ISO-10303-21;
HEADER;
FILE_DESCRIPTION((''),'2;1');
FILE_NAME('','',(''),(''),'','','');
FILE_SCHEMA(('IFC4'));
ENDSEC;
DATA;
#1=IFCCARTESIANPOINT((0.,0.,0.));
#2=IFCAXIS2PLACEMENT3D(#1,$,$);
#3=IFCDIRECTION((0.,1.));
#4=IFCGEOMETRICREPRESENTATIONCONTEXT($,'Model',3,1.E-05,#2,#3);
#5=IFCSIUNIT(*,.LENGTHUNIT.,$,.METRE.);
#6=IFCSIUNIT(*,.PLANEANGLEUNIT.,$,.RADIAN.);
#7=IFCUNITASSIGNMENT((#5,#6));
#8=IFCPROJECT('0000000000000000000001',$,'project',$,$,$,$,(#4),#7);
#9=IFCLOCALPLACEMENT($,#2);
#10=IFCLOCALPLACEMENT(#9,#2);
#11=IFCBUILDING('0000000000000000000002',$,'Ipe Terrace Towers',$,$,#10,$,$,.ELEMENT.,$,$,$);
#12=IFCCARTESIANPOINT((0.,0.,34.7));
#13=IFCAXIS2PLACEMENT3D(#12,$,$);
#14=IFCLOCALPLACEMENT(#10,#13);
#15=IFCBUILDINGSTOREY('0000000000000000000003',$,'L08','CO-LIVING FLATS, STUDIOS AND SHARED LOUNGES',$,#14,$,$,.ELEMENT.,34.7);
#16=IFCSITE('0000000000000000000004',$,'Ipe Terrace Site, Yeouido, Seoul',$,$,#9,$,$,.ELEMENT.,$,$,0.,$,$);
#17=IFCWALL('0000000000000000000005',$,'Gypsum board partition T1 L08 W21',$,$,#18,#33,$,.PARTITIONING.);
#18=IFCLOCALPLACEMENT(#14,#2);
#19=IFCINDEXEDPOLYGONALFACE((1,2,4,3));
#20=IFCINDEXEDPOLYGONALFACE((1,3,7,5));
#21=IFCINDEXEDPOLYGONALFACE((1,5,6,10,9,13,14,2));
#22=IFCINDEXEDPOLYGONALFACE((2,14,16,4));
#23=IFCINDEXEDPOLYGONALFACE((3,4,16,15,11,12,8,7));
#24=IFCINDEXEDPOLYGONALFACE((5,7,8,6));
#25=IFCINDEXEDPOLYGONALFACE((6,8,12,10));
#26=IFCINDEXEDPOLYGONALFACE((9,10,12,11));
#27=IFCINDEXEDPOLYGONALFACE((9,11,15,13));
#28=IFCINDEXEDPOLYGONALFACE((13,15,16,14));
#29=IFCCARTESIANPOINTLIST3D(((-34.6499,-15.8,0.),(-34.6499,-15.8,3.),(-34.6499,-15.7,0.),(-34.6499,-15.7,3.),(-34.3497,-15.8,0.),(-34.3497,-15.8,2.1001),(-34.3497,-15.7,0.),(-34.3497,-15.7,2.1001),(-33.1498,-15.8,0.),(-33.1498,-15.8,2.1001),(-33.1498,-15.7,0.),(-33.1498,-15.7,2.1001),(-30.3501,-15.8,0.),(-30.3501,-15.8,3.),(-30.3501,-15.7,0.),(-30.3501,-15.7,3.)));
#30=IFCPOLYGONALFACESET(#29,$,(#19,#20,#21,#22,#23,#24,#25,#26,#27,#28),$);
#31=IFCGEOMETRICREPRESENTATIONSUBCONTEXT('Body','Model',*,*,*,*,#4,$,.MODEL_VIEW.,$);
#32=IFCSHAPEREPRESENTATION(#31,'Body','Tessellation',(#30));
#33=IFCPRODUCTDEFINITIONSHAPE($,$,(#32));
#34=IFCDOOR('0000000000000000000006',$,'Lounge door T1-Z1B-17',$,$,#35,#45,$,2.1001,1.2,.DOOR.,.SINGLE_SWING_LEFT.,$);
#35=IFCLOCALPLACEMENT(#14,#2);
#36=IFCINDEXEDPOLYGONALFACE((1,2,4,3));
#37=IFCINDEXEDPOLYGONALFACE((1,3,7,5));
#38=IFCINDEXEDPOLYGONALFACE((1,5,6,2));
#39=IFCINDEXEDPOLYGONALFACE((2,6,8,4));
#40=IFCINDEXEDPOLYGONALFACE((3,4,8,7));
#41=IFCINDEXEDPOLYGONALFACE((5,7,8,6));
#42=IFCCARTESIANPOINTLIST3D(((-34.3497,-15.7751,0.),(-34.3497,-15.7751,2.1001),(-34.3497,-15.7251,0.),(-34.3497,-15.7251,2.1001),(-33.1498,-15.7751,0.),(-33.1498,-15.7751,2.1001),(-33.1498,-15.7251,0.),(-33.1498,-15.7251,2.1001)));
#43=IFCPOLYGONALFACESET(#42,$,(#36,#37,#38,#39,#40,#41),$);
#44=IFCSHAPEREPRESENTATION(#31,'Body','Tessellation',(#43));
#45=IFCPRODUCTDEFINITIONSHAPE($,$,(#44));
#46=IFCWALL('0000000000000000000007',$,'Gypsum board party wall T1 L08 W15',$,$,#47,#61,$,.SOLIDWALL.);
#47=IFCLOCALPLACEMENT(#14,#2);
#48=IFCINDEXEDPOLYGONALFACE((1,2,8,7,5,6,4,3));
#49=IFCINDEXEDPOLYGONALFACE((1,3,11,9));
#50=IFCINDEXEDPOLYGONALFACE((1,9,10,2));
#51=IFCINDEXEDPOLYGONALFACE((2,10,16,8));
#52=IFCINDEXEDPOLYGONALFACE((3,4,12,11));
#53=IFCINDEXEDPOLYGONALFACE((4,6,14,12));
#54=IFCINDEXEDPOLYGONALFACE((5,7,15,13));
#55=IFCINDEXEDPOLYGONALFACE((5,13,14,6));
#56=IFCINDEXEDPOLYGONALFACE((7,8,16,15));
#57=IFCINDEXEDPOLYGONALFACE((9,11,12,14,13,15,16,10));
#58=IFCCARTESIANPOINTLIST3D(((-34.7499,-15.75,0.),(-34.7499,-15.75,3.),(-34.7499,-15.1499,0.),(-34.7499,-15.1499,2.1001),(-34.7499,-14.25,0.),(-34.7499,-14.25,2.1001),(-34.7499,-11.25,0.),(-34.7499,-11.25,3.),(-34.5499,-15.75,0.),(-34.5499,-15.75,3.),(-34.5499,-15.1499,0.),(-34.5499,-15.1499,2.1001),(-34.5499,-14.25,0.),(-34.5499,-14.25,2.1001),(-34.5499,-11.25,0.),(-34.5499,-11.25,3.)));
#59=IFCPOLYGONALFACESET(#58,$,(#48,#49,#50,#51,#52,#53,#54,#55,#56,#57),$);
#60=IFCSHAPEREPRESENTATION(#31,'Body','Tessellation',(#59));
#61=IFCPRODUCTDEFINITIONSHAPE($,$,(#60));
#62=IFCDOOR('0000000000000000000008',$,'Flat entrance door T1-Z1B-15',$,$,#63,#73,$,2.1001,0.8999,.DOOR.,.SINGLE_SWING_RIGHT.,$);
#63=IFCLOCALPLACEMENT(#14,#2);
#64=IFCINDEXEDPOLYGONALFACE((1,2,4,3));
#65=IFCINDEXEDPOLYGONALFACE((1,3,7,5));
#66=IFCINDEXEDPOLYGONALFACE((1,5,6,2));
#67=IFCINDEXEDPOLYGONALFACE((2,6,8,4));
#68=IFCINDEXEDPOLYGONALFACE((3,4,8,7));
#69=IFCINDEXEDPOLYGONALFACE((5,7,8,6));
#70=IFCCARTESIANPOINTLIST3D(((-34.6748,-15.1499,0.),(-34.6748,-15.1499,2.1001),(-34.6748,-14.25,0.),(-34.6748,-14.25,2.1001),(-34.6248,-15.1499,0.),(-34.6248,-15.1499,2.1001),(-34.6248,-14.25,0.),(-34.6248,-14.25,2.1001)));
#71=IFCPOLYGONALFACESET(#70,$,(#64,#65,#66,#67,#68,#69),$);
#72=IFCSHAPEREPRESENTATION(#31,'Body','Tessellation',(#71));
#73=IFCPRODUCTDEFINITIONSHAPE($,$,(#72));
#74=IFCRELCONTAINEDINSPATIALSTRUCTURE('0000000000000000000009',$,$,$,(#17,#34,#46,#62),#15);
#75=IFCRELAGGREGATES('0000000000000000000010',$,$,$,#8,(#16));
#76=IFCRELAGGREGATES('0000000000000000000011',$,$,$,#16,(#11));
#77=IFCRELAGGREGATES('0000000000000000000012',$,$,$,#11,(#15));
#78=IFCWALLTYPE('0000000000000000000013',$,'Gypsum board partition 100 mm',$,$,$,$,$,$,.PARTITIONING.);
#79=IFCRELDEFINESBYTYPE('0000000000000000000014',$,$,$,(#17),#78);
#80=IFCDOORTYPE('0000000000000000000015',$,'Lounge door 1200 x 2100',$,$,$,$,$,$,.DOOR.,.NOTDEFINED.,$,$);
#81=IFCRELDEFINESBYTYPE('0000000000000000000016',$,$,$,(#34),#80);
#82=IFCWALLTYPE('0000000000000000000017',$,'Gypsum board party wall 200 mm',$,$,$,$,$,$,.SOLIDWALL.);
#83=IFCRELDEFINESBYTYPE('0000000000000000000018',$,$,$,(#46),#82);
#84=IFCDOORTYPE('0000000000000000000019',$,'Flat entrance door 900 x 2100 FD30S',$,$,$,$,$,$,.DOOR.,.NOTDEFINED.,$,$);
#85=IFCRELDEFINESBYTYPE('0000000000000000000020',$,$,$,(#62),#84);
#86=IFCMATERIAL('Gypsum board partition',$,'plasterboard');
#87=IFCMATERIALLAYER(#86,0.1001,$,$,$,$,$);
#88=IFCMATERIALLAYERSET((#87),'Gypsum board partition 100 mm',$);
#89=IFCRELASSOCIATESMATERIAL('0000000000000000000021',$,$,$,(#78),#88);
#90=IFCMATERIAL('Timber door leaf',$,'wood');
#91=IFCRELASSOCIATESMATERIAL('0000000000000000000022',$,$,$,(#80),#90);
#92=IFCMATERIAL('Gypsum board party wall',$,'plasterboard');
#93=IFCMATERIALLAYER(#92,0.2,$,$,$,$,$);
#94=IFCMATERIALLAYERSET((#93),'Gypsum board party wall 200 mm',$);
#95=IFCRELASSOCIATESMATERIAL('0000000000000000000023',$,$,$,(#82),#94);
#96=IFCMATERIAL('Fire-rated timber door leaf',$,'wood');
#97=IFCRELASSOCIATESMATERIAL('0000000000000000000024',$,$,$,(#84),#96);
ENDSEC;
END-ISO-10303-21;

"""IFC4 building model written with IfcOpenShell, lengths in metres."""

from ifc_helpers import new_model, si_unit, direction, frame, frame_2d, origin, place, context, subcontext, project, spatial, rectangle, extrude, material, layer, layer_set, type_object, element, fill, save


model = new_model("IFC4")

# Units and contexts
model_context = context("Model", 3, precision=1e-05, world=origin(), true_north=direction((0.0, 1.0)))
body_context = subcontext(model_context, "Body", "Model", "MODEL_VIEW")
ifc_project = project(units=[si_unit("LENGTHUNIT", "METRE"), si_unit("PLANEANGLEUNIT", "RADIAN")], contexts=[model_context])

# Site, building, storey
site_placement = place(None, origin())
site = spatial("IfcSite", under=ifc_project, at=site_placement, Name="Ipe Terrace Site, Yeouido, Seoul", CompositionType="ELEMENT", RefElevation=0.0)
building_placement = place(site_placement, origin())
building = spatial("IfcBuilding", under=site, at=building_placement, Name="Ipe Terrace Towers", CompositionType="ELEMENT")
storey_placement = place(building_placement, frame((0.0, 0.0, 34.7)))
storey = spatial("IfcBuildingStorey", under=building, at=storey_placement, Name="L08", Description="CO-LIVING FLATS, STUDIOS AND SHARED LOUNGES", CompositionType="ELEMENT", Elevation=34.7)

# Shared definitions
ifc_material_1 = material(Name="Gypsum board partition", Category="plasterboard")
ifc_layer_1 = layer(ifc_material_1, 0.1001)
ifc_layer_set_1 = layer_set([ifc_layer_1], Name="Gypsum board partition 100 mm")
wall_type_1 = type_object("IfcWallType", Name="Gypsum board partition 100 mm", PredefinedType="PARTITIONING", material=ifc_layer_set_1)

# Walls, openings, doors
wall_1_placement = place(storey_placement, frame((-34.6499, -15.75, 0.0), z_axis=(0.0, 0.0, 1.0), x_axis=(1.0, 0.0, 0.0)))
wall_1 = element("IfcWall", 1, at=wall_1_placement, inside=storey, type_object=wall_type_1, Name="Gypsum board partition T1 L08 W21", PredefinedType="PARTITIONING", context=body_context, shape_type="SweptSolid", body=[
    extrude(rectangle(XDim=4.2998, YDim=0.1001, at=frame_2d((2.1499, 0.0))), origin(), (0.0, 0.0, 1.0), 3.0),
])
opening_1_placement = place(wall_1_placement, frame((0.3, 0.0, 0.0)))
opening_1 = element("IfcOpeningElement", 2, at=opening_1_placement, cuts=wall_1, PredefinedType="OPENING", context=body_context, shape_type="SweptSolid", body=[
    extrude(rectangle(XDim=1.2, YDim=2.1001, at=frame_2d((0.6001, 1.05))), frame((0.0, 0.0601, 0.0), z_axis=(0.0, -1.0, 0.0), x_axis=(1.0, 0.0, 0.0)), (0.0, 0.0, 1.0), 0.1201),
])
ifc_material_2 = material(Name="Timber door leaf", Category="wood")
door_type_1 = type_object("IfcDoorType", Name="Lounge door 1200 x 2100", OperationType="NOTDEFINED", PredefinedType="DOOR", material=ifc_material_2)
door_1_placement = place(opening_1_placement, origin())
door_1 = element("IfcDoor", 3, at=door_1_placement, inside=storey, type_object=door_type_1, Name="Lounge door T1-Z1B-17", OperationType="SINGLE_SWING_LEFT", OverallHeight=2.1001, OverallWidth=1.2, PredefinedType="DOOR", context=body_context, shape_type="SweptSolid", body=[
    extrude(rectangle(XDim=1.2, YDim=2.1001, at=frame_2d((0.6001, 1.05))), frame((0.0, 0.0249, 0.0), z_axis=(0.0, -1.0, 0.0), x_axis=(1.0, 0.0, 0.0)), (0.0, 0.0, 1.0), 0.05),
])
fill(opening_1, door_1)
ifc_material_3 = material(Name="Gypsum board party wall", Category="plasterboard")
ifc_layer_2 = layer(ifc_material_3, 0.2)
ifc_layer_set_2 = layer_set([ifc_layer_2], Name="Gypsum board party wall 200 mm")
wall_type_2 = type_object("IfcWallType", Name="Gypsum board party wall 200 mm", PredefinedType="SOLIDWALL", material=ifc_layer_set_2)
wall_2_placement = place(storey_placement, frame((-34.6499, -15.75, 0.0), z_axis=(0.0, 0.0, 1.0), x_axis=(0.0, 1.0, 0.0)))
wall_2 = element("IfcWall", 4, at=wall_2_placement, inside=storey, type_object=wall_type_2, Name="Gypsum board party wall T1 L08 W15", PredefinedType="SOLIDWALL", context=body_context, shape_type="SweptSolid", body=[
    extrude(rectangle(XDim=4.5, YDim=0.2, at=frame_2d((2.25, 0.0))), origin(), (0.0, 0.0, 1.0), 3.0),
])
opening_2_placement = place(wall_2_placement, frame((0.6001, 0.0, 0.0)))
opening_2 = element("IfcOpeningElement", 5, at=opening_2_placement, cuts=wall_2, PredefinedType="OPENING", context=body_context, shape_type="SweptSolid", body=[
    extrude(rectangle(XDim=0.8999, YDim=2.1001, at=frame_2d((0.45, 1.05))), frame((0.0, 0.1099, 0.0), z_axis=(0.0, -1.0, 0.0), x_axis=(1.0, 0.0, 0.0)), (0.0, 0.0, 1.0), 0.22),
])
ifc_material_4 = material(Name="Fire-rated timber door leaf", Category="wood")
door_type_2 = type_object("IfcDoorType", Name="Flat entrance door 900 x 2100 FD30S", OperationType="NOTDEFINED", PredefinedType="DOOR", material=ifc_material_4)
door_2_placement = place(opening_2_placement, origin())
door_2 = element("IfcDoor", 6, at=door_2_placement, inside=storey, type_object=door_type_2, Name="Flat entrance door T1-Z1B-15", OperationType="SINGLE_SWING_RIGHT", OverallHeight=2.1001, OverallWidth=0.8999, PredefinedType="DOOR", context=body_context, shape_type="SweptSolid", body=[
    extrude(rectangle(XDim=0.8999, YDim=2.1001, at=frame_2d((0.45, 1.05))), frame((0.0, 0.0249, 0.0), z_axis=(0.0, -1.0, 0.0), x_axis=(1.0, 0.0, 0.0)), (0.0, 0.0, 1.0), 0.05),
])
fill(opening_2, door_2)

save(model, "model.ifc")
